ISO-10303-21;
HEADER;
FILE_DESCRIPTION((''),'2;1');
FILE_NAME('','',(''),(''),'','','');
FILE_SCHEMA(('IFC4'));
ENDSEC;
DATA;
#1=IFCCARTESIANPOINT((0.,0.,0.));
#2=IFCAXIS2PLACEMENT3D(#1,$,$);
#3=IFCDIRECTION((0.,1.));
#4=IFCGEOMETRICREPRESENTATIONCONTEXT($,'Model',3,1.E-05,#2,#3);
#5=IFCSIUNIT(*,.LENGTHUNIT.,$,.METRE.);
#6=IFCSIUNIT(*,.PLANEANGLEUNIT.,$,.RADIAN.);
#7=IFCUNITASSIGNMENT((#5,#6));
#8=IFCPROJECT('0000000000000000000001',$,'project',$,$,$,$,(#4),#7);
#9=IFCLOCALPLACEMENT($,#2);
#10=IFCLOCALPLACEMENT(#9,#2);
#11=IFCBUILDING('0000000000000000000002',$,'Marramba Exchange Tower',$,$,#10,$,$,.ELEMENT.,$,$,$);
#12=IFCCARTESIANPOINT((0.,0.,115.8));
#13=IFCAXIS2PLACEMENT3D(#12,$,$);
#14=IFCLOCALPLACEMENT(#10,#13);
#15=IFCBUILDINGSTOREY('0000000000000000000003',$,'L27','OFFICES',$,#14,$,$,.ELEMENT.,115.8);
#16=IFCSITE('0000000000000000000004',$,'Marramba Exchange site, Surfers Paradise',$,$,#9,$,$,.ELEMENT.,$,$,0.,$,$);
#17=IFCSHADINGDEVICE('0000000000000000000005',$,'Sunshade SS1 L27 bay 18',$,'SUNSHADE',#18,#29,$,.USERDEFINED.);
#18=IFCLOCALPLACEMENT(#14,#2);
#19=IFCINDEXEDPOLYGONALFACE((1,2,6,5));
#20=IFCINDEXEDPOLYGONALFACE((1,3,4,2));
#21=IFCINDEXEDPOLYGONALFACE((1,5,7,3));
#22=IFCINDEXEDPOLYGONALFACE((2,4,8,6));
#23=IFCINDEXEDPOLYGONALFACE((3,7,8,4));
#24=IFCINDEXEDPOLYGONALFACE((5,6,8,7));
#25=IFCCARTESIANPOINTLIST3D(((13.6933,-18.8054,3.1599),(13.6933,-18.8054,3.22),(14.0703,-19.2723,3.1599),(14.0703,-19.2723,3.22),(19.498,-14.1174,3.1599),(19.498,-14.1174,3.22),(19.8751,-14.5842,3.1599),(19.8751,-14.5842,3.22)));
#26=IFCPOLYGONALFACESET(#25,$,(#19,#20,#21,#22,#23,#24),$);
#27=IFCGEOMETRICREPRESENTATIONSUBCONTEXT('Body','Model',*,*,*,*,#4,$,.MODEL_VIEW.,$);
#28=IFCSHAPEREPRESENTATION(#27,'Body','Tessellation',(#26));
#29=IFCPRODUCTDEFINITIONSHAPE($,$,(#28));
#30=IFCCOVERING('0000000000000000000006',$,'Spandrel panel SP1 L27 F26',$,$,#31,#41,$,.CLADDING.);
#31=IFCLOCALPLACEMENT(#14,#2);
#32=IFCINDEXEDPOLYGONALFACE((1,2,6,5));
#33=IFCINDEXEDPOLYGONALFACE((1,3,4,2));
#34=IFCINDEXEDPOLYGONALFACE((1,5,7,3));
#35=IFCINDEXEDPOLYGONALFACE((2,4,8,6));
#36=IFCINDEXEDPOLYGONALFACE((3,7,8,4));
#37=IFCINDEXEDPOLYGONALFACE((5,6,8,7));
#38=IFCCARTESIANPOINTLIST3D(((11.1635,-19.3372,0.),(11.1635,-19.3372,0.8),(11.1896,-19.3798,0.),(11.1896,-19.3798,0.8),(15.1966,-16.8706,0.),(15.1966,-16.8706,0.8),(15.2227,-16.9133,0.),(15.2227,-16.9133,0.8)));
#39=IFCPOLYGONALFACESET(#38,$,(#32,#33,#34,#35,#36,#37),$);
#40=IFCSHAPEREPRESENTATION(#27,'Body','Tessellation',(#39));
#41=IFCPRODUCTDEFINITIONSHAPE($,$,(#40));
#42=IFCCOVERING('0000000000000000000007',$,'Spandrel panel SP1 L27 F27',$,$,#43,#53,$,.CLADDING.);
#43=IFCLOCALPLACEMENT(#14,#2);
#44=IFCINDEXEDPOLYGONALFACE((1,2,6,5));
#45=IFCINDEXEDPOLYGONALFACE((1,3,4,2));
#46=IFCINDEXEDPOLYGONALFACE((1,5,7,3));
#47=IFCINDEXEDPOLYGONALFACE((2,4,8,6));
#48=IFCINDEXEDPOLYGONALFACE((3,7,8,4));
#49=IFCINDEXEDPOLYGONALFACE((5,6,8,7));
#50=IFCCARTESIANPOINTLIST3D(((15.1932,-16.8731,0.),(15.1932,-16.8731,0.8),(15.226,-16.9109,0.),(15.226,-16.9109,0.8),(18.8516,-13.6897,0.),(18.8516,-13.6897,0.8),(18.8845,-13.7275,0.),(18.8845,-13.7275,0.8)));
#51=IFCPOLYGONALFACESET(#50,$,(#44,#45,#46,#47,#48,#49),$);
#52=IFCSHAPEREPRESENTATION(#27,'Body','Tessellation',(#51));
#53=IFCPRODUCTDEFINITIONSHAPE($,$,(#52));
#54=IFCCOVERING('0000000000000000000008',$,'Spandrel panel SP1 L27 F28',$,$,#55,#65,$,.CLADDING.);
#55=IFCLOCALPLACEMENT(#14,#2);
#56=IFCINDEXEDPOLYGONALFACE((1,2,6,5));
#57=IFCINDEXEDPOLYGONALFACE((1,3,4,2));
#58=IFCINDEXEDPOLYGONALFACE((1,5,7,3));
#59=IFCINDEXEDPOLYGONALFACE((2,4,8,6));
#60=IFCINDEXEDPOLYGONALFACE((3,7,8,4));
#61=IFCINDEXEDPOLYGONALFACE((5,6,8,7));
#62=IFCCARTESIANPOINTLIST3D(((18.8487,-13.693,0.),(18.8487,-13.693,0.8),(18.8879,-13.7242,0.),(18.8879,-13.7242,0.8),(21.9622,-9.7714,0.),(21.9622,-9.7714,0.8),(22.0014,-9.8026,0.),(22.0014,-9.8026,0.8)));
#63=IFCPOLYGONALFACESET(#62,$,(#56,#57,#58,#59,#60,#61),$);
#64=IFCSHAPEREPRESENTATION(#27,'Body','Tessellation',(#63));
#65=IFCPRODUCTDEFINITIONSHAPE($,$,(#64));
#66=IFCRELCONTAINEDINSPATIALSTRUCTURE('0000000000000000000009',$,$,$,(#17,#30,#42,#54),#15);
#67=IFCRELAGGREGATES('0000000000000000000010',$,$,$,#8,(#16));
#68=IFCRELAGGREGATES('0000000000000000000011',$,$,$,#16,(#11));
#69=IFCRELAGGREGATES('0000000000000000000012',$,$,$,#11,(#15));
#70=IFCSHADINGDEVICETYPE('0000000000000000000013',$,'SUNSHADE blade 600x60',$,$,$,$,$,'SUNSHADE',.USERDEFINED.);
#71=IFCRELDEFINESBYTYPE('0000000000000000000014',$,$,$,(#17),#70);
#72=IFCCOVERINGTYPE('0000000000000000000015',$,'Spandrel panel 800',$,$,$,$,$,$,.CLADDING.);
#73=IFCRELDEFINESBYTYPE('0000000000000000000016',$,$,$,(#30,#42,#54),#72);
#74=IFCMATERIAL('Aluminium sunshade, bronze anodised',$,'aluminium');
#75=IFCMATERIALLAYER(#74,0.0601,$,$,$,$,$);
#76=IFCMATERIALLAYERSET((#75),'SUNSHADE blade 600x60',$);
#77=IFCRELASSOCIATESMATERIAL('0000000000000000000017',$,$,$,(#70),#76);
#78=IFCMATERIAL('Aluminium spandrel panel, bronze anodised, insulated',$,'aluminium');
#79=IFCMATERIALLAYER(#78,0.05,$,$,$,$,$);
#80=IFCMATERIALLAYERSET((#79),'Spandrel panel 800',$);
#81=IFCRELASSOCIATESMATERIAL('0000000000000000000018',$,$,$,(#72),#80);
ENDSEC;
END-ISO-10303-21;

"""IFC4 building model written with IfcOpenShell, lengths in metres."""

from ifc_helpers import new_model, si_unit, direction, frame, origin, origin_2d, place, context, subcontext, project, spatial, rectangle, extrude, material, layer, layer_set, type_object, element, save


model = new_model("IFC4")

# Units and contexts
model_context = context("Model", 3, precision=1e-05, world=origin(), true_north=direction((0.0, 1.0)))
body_context = subcontext(model_context, "Body", "Model", "MODEL_VIEW")
ifc_project = project(units=[si_unit("LENGTHUNIT", "METRE"), si_unit("PLANEANGLEUNIT", "RADIAN")], contexts=[model_context])

# Site, building, storey
site_placement = place(None, origin())
site = spatial("IfcSite", under=ifc_project, at=site_placement, Name="Marramba Exchange site, Surfers Paradise", CompositionType="ELEMENT", RefElevation=0.0)
building_placement = place(site_placement, origin())
building = spatial("IfcBuilding", under=site, at=building_placement, Name="Marramba Exchange Tower", CompositionType="ELEMENT")
storey_placement = place(building_placement, frame((0.0, 0.0, 115.8)))
storey = spatial("IfcBuildingStorey", under=building, at=storey_placement, Name="L27", Description="OFFICES", CompositionType="ELEMENT", Elevation=115.8)

# Shading device
ifc_material_1 = material(Name="Aluminium sunshade, bronze anodised", Category="aluminium")
ifc_layer_1 = layer(ifc_material_1, 0.0601)
ifc_layer_set_1 = layer_set([ifc_layer_1], Name="SUNSHADE blade 600x60")
shading_device_type_1 = type_object("IfcShadingDeviceType", Name="SUNSHADE blade 600x60", ElementType="SUNSHADE", PredefinedType="USERDEFINED", material=ifc_layer_set_1)
shading_device_placement = place(storey_placement, frame((16.7842, -16.6948, 3.1599), z_axis=(0.0, 0.0, 1.0), x_axis=(0.777962, 0.628311, 0.0)))
element("IfcShadingDevice", 1, at=shading_device_placement, inside=storey, type_object=shading_device_type_1, Name="Sunshade SS1 L27 bay 18", ObjectType="SUNSHADE", PredefinedType="USERDEFINED", context=body_context, shape_type="SweptSolid", body=[
    extrude(rectangle(XDim=7.4614, YDim=0.6001, at=origin_2d()), origin(), (0.0, 0.0, 1.0), 0.0601),
])

# Coverings
ifc_material_2 = material(Name="Aluminium spandrel panel, bronze anodised, insulated", Category="aluminium")
ifc_layer_2 = layer(ifc_material_2, 0.05)
ifc_layer_set_2 = layer_set([ifc_layer_2], Name="Spandrel panel 800")
covering_type = type_object("IfcCoveringType", Name="Spandrel panel 800", PredefinedType="CLADDING", material=ifc_layer_set_2)
covering_1_placement = place(storey_placement, frame((13.1931, -18.1252, 0.0), z_axis=(0.0, 0.0, 1.0), x_axis=(0.853109, 0.521733, 0.0)))
element("IfcCovering", 2, at=covering_1_placement, inside=storey, type_object=covering_type, Name="Spandrel panel SP1 L27 F26", PredefinedType="CLADDING", context=body_context, shape_type="SweptSolid", body=[
    extrude(rectangle(XDim=4.7275, YDim=0.05, at=origin_2d()), origin(), (0.0, 0.0, 1.0), 0.8),
])
covering_2_placement = place(storey_placement, frame((17.0388, -15.3003, 0.0), z_axis=(0.0, 0.0, 1.0), x_axis=(0.754386, 0.656432, 0.0)))
element("IfcCovering", 3, at=covering_2_placement, inside=storey, type_object=covering_type, Name="Spandrel panel SP1 L27 F27", PredefinedType="CLADDING", context=body_context, shape_type="SweptSolid", body=[
    extrude(rectangle(XDim=4.8496, YDim=0.05, at=origin_2d()), origin(), (0.0, 0.0, 1.0), 0.8),
])
covering_3_placement = place(storey_placement, frame((20.425, -11.7478, 0.0), z_axis=(0.0, 0.0, 1.0), x_axis=(0.621807, 0.78317, 0.0)))
element("IfcCovering", 4, at=covering_3_placement, inside=storey, type_object=covering_type, Name="Spandrel panel SP1 L27 F28", PredefinedType="CLADDING", context=body_context, shape_type="SweptSolid", body=[
    extrude(rectangle(XDim=5.0073, YDim=0.05, at=origin_2d()), origin(), (0.0, 0.0, 1.0), 0.8),
])

save(model, "model.ifc")
